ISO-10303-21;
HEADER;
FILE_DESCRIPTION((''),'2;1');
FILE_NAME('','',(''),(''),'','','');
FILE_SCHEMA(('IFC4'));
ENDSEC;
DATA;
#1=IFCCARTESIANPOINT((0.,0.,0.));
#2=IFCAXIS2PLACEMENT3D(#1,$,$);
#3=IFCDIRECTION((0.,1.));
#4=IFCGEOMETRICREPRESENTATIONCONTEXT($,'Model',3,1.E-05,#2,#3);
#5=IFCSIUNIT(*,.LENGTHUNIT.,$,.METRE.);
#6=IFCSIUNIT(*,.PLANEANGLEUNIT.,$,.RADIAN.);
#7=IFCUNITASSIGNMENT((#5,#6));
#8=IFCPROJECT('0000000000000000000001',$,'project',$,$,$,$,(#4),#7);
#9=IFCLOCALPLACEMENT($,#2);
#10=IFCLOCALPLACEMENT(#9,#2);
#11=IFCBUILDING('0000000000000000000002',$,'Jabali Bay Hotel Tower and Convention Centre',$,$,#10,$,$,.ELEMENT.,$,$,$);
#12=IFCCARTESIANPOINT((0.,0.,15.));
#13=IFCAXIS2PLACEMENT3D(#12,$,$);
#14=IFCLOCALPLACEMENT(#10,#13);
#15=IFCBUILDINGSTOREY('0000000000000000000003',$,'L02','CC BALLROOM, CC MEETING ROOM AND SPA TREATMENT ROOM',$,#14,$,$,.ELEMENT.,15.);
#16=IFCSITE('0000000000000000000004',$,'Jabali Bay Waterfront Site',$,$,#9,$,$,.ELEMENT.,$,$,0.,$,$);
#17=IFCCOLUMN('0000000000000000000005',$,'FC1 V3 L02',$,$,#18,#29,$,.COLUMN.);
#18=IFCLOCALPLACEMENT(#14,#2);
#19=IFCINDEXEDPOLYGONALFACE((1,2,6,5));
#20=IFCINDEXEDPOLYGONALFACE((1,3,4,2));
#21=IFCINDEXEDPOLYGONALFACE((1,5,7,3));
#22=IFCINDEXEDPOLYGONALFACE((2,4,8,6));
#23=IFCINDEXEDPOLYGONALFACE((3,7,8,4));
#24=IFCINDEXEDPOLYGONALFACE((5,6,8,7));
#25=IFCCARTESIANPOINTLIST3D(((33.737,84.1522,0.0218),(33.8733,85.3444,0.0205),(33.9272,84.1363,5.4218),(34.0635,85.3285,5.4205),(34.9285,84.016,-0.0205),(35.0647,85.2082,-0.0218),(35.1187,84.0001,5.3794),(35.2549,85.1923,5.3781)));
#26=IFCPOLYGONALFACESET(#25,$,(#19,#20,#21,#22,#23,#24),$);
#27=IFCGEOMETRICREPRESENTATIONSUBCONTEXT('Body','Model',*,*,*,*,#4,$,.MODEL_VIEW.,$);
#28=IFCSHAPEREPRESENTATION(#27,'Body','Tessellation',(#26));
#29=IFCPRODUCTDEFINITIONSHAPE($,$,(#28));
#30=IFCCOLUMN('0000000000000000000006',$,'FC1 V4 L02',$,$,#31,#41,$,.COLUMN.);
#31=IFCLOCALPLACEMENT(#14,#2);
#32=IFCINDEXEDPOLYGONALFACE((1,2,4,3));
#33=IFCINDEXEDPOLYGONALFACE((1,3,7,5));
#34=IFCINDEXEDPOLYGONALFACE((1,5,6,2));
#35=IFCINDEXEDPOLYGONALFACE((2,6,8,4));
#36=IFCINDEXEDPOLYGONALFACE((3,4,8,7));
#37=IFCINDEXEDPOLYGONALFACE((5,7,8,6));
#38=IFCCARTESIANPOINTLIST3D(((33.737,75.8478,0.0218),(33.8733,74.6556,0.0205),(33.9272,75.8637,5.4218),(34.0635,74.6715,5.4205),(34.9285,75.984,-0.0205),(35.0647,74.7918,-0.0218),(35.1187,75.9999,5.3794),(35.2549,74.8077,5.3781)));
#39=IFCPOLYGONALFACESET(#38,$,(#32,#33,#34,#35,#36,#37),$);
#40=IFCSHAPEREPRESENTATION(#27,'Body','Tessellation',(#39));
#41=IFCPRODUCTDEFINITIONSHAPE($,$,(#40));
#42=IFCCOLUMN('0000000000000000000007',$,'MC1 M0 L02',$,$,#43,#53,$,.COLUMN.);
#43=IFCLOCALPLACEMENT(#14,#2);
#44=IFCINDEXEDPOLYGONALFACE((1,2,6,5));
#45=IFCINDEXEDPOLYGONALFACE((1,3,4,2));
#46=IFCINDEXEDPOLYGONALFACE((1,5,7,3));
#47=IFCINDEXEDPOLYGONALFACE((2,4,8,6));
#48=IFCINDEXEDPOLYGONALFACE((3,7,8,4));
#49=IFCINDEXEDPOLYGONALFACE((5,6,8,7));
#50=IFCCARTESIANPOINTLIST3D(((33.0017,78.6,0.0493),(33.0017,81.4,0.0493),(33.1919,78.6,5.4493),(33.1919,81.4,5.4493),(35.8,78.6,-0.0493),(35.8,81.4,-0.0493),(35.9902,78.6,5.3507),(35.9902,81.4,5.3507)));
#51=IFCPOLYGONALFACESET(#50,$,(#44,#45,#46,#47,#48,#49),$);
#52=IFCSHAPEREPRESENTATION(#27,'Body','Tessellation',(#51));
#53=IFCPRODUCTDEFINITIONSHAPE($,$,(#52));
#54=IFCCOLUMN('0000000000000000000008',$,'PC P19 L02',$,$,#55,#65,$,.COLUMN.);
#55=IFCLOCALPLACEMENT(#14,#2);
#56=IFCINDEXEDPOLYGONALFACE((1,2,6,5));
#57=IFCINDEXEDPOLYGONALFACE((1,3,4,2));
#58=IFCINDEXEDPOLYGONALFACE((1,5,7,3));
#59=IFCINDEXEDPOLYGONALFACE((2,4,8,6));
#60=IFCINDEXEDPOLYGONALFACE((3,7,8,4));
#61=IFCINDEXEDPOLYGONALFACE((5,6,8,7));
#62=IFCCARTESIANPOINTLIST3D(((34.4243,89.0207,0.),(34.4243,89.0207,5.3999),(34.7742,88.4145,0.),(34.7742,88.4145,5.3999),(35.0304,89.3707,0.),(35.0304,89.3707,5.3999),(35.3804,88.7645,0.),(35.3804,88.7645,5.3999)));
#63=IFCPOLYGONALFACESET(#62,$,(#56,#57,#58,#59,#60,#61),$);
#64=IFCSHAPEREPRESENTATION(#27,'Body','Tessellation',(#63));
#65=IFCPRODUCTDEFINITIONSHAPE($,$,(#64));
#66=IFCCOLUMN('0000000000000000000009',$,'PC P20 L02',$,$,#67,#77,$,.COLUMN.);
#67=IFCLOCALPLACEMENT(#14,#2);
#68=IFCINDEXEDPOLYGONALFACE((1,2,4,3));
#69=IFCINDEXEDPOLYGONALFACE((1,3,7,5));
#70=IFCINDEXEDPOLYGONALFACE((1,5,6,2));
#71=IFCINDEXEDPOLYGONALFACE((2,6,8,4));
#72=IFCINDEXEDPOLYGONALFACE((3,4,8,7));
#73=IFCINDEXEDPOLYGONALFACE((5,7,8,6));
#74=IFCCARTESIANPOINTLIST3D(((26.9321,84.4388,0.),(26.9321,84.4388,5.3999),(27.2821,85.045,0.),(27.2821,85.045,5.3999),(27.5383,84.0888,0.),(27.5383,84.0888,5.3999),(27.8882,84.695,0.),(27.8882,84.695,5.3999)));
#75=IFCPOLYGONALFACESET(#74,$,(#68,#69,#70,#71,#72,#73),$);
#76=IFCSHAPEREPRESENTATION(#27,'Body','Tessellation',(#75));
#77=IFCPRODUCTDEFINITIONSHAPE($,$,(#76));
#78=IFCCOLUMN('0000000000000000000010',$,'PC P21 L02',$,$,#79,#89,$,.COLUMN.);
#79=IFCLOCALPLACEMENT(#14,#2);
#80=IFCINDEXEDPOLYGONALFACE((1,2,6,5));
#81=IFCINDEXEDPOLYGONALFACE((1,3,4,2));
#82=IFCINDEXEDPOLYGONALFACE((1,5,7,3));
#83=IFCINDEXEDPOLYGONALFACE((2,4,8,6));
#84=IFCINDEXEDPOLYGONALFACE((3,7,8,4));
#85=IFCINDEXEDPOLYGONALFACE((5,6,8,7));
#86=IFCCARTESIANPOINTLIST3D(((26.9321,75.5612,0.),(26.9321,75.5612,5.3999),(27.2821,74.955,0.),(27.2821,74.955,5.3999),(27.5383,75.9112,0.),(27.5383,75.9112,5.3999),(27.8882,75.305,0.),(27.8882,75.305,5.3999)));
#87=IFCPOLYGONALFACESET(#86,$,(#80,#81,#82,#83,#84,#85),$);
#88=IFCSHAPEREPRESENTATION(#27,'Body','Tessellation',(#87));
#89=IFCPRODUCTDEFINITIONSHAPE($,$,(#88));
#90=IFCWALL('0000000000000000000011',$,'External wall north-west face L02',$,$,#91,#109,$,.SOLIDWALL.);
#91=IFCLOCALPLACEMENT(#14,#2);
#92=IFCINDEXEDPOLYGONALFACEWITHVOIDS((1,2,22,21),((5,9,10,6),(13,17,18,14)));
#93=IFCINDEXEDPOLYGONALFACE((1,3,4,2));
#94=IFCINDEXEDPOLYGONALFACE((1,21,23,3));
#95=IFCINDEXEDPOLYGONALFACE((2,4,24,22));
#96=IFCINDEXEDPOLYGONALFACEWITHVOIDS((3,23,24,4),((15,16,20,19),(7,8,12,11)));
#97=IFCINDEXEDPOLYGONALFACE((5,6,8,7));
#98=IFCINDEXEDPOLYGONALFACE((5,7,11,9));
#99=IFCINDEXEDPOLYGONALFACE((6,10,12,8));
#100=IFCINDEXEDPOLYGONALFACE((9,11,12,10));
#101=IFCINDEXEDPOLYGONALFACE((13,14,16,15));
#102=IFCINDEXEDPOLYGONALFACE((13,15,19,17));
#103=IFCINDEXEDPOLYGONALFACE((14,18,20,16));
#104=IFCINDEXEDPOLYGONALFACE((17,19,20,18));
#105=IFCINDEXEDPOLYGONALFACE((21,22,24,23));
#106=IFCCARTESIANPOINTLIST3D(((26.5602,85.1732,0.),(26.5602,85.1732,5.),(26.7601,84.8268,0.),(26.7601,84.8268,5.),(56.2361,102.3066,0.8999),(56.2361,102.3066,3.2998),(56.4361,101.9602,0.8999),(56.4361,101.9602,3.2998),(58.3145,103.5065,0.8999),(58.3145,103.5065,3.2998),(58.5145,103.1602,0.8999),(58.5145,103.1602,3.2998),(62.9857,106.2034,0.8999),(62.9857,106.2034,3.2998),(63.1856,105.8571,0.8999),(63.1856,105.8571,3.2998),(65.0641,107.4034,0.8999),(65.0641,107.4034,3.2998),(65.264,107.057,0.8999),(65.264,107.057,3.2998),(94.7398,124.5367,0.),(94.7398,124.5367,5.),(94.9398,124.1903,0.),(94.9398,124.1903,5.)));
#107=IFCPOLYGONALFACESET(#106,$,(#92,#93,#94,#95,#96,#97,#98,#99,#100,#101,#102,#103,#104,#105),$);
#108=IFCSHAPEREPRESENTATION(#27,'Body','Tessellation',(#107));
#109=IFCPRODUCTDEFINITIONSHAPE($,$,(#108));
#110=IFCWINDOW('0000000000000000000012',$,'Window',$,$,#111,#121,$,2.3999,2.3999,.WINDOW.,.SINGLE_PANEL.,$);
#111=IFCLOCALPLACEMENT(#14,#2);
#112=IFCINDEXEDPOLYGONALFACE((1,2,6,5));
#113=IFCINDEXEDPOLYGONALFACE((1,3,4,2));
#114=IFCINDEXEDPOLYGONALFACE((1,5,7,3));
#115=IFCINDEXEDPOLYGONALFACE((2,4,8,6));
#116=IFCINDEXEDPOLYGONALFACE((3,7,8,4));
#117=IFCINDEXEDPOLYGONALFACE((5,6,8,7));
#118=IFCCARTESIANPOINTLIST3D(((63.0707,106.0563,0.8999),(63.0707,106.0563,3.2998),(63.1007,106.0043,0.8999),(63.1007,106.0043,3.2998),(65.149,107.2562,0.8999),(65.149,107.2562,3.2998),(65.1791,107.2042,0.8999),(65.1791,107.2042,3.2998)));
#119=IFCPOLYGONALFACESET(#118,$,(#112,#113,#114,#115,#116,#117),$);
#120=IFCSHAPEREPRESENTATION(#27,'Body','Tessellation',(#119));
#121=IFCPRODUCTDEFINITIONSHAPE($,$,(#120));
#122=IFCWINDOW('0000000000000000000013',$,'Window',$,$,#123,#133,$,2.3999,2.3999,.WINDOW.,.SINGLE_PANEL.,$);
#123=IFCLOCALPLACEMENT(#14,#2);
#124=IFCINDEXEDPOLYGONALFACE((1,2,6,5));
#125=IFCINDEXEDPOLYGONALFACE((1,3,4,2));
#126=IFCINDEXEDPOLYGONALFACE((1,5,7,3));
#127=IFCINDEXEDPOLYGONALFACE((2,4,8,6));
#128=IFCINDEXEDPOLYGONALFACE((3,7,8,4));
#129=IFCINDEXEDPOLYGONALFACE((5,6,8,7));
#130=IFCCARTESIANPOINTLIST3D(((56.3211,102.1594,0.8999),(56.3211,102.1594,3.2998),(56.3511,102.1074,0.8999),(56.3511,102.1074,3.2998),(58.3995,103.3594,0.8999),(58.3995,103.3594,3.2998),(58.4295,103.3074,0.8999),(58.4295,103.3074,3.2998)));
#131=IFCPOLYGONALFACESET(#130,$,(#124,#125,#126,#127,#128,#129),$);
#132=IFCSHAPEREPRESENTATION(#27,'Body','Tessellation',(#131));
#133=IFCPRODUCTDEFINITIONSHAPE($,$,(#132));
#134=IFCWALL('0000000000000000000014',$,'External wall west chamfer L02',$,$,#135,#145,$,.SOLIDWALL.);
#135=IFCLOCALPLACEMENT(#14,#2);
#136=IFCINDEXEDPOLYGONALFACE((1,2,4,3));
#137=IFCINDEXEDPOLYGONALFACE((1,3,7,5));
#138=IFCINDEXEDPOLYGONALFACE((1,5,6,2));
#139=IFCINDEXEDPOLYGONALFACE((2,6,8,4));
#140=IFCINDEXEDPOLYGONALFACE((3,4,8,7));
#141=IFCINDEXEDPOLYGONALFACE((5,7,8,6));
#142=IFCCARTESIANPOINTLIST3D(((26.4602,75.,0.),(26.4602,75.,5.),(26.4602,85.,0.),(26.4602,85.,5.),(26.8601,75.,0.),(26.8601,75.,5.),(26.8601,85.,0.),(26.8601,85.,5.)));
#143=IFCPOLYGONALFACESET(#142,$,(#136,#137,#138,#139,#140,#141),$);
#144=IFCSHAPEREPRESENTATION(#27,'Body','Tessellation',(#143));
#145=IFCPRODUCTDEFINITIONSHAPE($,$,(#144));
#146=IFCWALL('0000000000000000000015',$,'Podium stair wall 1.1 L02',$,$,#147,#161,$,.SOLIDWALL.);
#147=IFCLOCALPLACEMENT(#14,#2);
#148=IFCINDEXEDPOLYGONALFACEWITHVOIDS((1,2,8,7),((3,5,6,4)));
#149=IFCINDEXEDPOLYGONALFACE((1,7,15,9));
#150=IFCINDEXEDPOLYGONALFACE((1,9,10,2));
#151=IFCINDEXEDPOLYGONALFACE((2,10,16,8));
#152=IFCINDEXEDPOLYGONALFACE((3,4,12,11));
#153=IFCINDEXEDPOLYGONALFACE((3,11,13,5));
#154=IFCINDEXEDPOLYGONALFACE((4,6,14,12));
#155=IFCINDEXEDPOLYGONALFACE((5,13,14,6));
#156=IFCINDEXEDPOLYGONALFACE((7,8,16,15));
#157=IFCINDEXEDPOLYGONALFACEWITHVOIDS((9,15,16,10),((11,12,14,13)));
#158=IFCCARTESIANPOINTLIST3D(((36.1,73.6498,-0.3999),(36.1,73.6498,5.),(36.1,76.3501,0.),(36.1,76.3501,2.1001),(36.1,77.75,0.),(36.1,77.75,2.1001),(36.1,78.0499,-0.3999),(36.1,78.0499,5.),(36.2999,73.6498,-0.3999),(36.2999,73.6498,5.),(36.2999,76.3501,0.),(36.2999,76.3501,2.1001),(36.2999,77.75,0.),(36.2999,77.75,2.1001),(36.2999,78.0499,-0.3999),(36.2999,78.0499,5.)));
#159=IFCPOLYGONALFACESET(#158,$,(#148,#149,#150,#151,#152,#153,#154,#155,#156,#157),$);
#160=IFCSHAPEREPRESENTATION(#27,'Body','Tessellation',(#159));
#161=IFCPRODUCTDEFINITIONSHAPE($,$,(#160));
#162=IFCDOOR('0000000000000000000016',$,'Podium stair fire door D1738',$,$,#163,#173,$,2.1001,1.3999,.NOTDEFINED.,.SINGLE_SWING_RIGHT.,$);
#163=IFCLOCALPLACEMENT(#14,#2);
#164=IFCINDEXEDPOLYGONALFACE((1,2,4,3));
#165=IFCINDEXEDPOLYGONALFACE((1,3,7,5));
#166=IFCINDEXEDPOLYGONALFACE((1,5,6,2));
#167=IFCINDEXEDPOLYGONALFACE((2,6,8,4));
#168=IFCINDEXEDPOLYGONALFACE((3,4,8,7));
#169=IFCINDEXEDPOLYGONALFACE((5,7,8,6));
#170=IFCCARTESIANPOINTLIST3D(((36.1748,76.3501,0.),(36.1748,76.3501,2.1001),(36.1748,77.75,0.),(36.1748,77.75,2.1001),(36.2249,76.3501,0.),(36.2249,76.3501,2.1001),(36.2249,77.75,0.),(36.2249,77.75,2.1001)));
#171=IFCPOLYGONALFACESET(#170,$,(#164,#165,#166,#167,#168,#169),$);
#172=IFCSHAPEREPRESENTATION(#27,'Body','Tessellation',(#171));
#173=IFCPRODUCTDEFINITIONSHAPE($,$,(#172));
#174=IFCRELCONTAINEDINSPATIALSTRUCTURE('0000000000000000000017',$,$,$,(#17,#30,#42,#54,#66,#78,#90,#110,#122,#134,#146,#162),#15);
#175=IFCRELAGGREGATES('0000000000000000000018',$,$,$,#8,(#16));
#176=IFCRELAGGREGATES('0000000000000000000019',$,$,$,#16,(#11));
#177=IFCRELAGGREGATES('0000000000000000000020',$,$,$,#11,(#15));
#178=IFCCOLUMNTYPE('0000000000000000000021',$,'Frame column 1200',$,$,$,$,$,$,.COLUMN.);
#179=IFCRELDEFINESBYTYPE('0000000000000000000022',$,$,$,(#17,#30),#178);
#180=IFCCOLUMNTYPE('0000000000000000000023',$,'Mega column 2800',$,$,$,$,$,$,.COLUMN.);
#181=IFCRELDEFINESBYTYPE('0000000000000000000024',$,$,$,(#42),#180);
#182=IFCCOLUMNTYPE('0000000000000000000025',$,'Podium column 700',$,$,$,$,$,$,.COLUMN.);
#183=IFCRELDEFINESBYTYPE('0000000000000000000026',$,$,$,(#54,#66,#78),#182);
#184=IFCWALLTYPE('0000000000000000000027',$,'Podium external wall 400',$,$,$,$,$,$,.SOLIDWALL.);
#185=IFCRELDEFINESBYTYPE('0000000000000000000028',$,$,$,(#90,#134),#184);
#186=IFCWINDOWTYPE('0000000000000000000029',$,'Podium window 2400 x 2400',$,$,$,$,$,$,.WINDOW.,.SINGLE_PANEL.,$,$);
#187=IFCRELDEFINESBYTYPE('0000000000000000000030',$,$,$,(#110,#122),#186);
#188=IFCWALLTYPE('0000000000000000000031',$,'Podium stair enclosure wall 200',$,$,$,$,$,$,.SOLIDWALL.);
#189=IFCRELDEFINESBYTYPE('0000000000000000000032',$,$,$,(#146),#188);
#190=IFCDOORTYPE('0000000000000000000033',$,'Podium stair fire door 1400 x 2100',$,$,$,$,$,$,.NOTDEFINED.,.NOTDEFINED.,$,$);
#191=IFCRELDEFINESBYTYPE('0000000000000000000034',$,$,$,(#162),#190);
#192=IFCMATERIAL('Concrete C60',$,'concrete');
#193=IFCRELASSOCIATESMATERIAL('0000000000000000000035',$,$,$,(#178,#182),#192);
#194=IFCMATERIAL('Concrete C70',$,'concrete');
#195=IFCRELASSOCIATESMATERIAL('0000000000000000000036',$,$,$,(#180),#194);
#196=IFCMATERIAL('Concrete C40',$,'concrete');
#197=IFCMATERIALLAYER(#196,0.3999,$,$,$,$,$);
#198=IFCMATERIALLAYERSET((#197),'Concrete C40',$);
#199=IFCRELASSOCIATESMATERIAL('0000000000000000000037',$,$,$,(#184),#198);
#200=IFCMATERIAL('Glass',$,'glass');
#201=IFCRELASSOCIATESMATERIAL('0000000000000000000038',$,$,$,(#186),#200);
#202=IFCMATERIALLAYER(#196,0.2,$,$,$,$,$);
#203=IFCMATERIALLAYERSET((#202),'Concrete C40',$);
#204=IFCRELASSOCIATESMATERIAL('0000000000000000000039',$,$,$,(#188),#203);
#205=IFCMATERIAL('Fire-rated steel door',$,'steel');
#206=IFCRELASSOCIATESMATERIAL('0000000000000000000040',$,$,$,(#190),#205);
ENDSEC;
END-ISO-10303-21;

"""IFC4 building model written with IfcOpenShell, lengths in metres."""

from ifc_helpers import new_model, si_unit, direction, frame, frame_2d, origin, origin_2d, place, context, subcontext, project, spatial, rectangle, extrude, material, layer, layer_set, material_profile, profile_set, type_object, element, fill, save


model = new_model("IFC4")

# Units and contexts
model_context = context("Model", 3, precision=1e-05, world=origin(), true_north=direction((0.0, 1.0)))
body_context = subcontext(model_context, "Body", "Model", "MODEL_VIEW")
ifc_project = project(units=[si_unit("LENGTHUNIT", "METRE"), si_unit("PLANEANGLEUNIT", "RADIAN")], contexts=[model_context])

# Site, building, storey
site_placement = place(None, origin())
site = spatial("IfcSite", under=ifc_project, at=site_placement, Name="Jabali Bay Waterfront Site", CompositionType="ELEMENT", RefElevation=0.0)
building_placement = place(site_placement, origin())
building = spatial("IfcBuilding", under=site, at=building_placement, Name="Jabali Bay Hotel Tower and Convention Centre", CompositionType="ELEMENT")
storey_placement = place(building_placement, frame((0.0, 0.0, 15.0)))
storey = spatial("IfcBuildingStorey", under=building, at=storey_placement, Name="L02", Description="CC BALLROOM, CC MEETING ROOM AND SPA TREATMENT ROOM", CompositionType="ELEMENT", Elevation=15.0)

# Columns
ifc_material_1 = material(Name="Concrete C60", Category="concrete")
ifc_material_profile_1 = material_profile(ifc_material_1, rectangle(XDim=1.2, YDim=1.2, at=origin_2d()), Name="Frame column 1200")
ifc_profile_set_1 = profile_set([ifc_material_profile_1], Name="Concrete C60")
column_type_1 = type_object("IfcColumnType", Name="Frame column 1200", PredefinedType="COLUMN", material=ifc_profile_set_1)
for number, where, z_axis, x_axis, name in (
    (1, (34.4009, 84.6802, 0.0), (0.035198, -0.002937, 0.999376), (-0.992911, 0.113496, 0.035304), "FC1 V3 L02"),
    (2, (34.4009, 75.3198, 0.0), (0.035198, 0.002937, 0.999376), (-0.113529, 0.993534, 0.001079), "FC1 V4 L02"),
):
    element("IfcColumn", number, at=place(storey_placement, frame(where, z_axis=z_axis, x_axis=x_axis)), inside=storey, type_object=column_type_1, Name=name, PredefinedType="COLUMN", context=body_context, shape_type="SweptSolid", body=[
        extrude(rectangle(XDim=1.2, YDim=1.2, at=origin_2d()), origin(), (0.0, 0.0, 1.0), 5.4033),
    ])
ifc_material_2 = material(Name="Concrete C70", Category="concrete")
ifc_material_profile_2 = material_profile(ifc_material_2, rectangle(XDim=2.8, YDim=2.8, at=origin_2d()), Name="Mega column 2800")
ifc_profile_set_2 = profile_set([ifc_material_profile_2], Name="Concrete C70")
column_type_2 = type_object("IfcColumnType", Name="Mega column 2800", PredefinedType="COLUMN", material=ifc_profile_set_2)
column_placement = place(storey_placement, frame((34.4009, 80.0, 0.0), z_axis=(0.035198, 0.0, 0.99938), x_axis=(0.0, 1.0, 0.0)))
element("IfcColumn", 3, at=column_placement, inside=storey, type_object=column_type_2, Name="MC1 M0 L02", PredefinedType="COLUMN", context=body_context, shape_type="SweptSolid", body=[
    extrude(rectangle(XDim=2.8, YDim=2.8, at=origin_2d()), origin(), (0.0, 0.0, 1.0), 5.4033),
])
ifc_material_profile_3 = material_profile(ifc_material_1, rectangle(XDim=0.7, YDim=0.7, at=origin_2d()), Name="Podium column 700")
ifc_profile_set_3 = profile_set([ifc_material_profile_3], Name="Concrete C60")
column_type_3 = type_object("IfcColumnType", Name="Podium column 700", PredefinedType="COLUMN", material=ifc_profile_set_3)
for number, where, z_axis, x_axis, name in (
    (4, (34.9023, 88.8926, 0.0), (0.0, 0.0, 1.0), (0.866025, 0.5, 0.0), "PC P19 L02"),
    (5, (27.4102, 84.5669, 0.0), (0.0, 0.0, 1.0), (0.5, 0.866025, 0.0), "PC P20 L02"),
    (6, (27.4102, 75.4331, 0.0), (0.0, 0.0, 1.0), (0.866025, 0.5, 0.0), "PC P21 L02"),
):
    element("IfcColumn", number, at=place(storey_placement, frame(where, z_axis=z_axis, x_axis=x_axis)), inside=storey, type_object=column_type_3, Name=name, PredefinedType="COLUMN", context=body_context, shape_type="SweptSolid", body=[
        extrude(rectangle(XDim=0.7, YDim=0.7, at=origin_2d()), origin(), (0.0, 0.0, 1.0), 5.3999),
    ])

# Wall, openings, windows
ifc_material_3 = material(Name="Concrete C40", Category="concrete")
ifc_layer_1 = layer(ifc_material_3, 0.3999)
ifc_layer_set_1 = layer_set([ifc_layer_1], Name="Concrete C40")
wall_type_1 = type_object("IfcWallType", Name="Podium external wall 400", PredefinedType="SOLIDWALL", material=ifc_layer_set_1)
wall_1_placement = place(storey_placement, frame((26.6602, 85.0, 0.0), z_axis=(0.0, 0.0, 1.0), x_axis=(0.866026, 0.5, 0.0)))
wall_1 = element("IfcWall", 7, at=wall_1_placement, inside=storey, type_object=wall_type_1, Name="External wall north-west face L02", PredefinedType="SOLIDWALL", context=body_context, shape_type="SweptSolid", body=[
    extrude(rectangle(XDim=78.7271, YDim=0.3999, at=frame_2d((39.3635, 0.0))), origin(), (0.0, 0.0, 1.0), 5.0),
])
opening_1_placement = place(wall_1_placement, frame((42.0605, 0.0, 0.8999)))
opening_1 = element("IfcOpeningElement", 8, at=opening_1_placement, cuts=wall_1, PredefinedType="OPENING", context=body_context, shape_type="SweptSolid", body=[
    extrude(rectangle(XDim=2.3999, YDim=2.3999, at=frame_2d((1.2, 1.2))), frame((0.0, 0.2104, 0.0), z_axis=(0.0, -1.0, 0.0), x_axis=(1.0, 0.0, 0.0)), (0.0, 0.0, 1.0), 0.4209),
])
opening_2_placement = place(wall_1_placement, frame((34.2668, 0.0, 0.8999)))
opening_2 = element("IfcOpeningElement", 9, at=opening_2_placement, cuts=wall_1, PredefinedType="OPENING", context=body_context, shape_type="SweptSolid", body=[
    extrude(rectangle(XDim=2.3999, YDim=2.3999, at=frame_2d((1.2, 1.2))), frame((0.0, 0.2104, 0.0), z_axis=(0.0, -1.0, 0.0), x_axis=(1.0, 0.0, 0.0)), (0.0, 0.0, 1.0), 0.4209),
])
ifc_material_4 = material(Name="Glass", Category="glass")
window_type = type_object("IfcWindowType", Name="Podium window 2400 x 2400", PartitioningType="SINGLE_PANEL", PredefinedType="WINDOW", material=ifc_material_4)
window_1_placement = place(opening_1_placement, origin())
window_1 = element("IfcWindow", 10, at=window_1_placement, inside=storey, type_object=window_type, Name="Window", OverallHeight=2.3999, OverallWidth=2.3999, PartitioningType="SINGLE_PANEL", PredefinedType="WINDOW", context=body_context, shape_type="SweptSolid", body=[
    extrude(rectangle(XDim=2.3999, YDim=2.3999, at=frame_2d((1.2, 1.2))), frame((0.0, 0.03, 0.0), z_axis=(0.0, -1.0, 0.0), x_axis=(1.0, 0.0, 0.0)), (0.0, 0.0, 1.0), 0.0601),
])
fill(opening_1, window_1)
window_2_placement = place(opening_2_placement, origin())
window_2 = element("IfcWindow", 11, at=window_2_placement, inside=storey, type_object=window_type, Name="Window", OverallHeight=2.3999, OverallWidth=2.3999, PartitioningType="SINGLE_PANEL", PredefinedType="WINDOW", context=body_context, shape_type="SweptSolid", body=[
    extrude(rectangle(XDim=2.3999, YDim=2.3999, at=frame_2d((1.2, 1.2))), frame((0.0, 0.03, 0.0), z_axis=(0.0, -1.0, 0.0), x_axis=(1.0, 0.0, 0.0)), (0.0, 0.0, 1.0), 0.0601),
])
fill(opening_2, window_2)

# Wall
wall_2_placement = place(storey_placement, frame((26.6602, 75.0, 0.0), z_axis=(0.0, 0.0, 1.0), x_axis=(0.0, 1.0, 0.0)))
element("IfcWall", 12, at=wall_2_placement, inside=storey, type_object=wall_type_1, Name="External wall west chamfer L02", PredefinedType="SOLIDWALL", context=body_context, shape_type="SweptSolid", body=[
    extrude(rectangle(XDim=10.0, YDim=0.3999, at=frame_2d((5.0, 0.0))), origin(), (0.0, 0.0, 1.0), 5.0),
])

# Wall, opening, door
ifc_layer_2 = layer(ifc_material_3, 0.2)
ifc_layer_set_2 = layer_set([ifc_layer_2], Name="Concrete C40")
wall_type_2 = type_object("IfcWallType", Name="Podium stair enclosure wall 200", PredefinedType="SOLIDWALL", material=ifc_layer_set_2)
wall_3_placement = place(storey_placement, frame((36.2, 78.05, -0.3999), z_axis=(0.0, 0.0, 1.0), x_axis=(0.0, -1.0, 0.0)))
wall_3 = element("IfcWall", 13, at=wall_3_placement, inside=storey, type_object=wall_type_2, Name="Podium stair wall 1.1 L02", PredefinedType="SOLIDWALL", context=body_context, shape_type="SweptSolid", body=[
    extrude(rectangle(XDim=4.4001, YDim=0.2, at=frame_2d((2.2002, 0.0))), origin(), (0.0, 0.0, 1.0), 5.3999),
])
opening_3_placement = place(wall_3_placement, frame((0.3, 0.0, 0.3999)))
opening_3 = element("IfcOpeningElement", 14, at=opening_3_placement, cuts=wall_3, PredefinedType="OPENING", context=body_context, shape_type="SweptSolid", body=[
    extrude(rectangle(XDim=1.3999, YDim=2.1001, at=frame_2d((0.7, 1.05))), frame((0.0, 0.1104, 0.0), z_axis=(0.0, -1.0, 0.0), x_axis=(1.0, 0.0, 0.0)), (0.0, 0.0, 1.0), 0.2209),
])
ifc_material_5 = material(Name="Fire-rated steel door", Category="steel")
door_type = type_object("IfcDoorType", Name="Podium stair fire door 1400 x 2100", OperationType="NOTDEFINED", PredefinedType="NOTDEFINED", material=ifc_material_5)
door_1_placement = place(opening_3_placement, origin())
door_1 = element("IfcDoor", 15, at=door_1_placement, inside=storey, type_object=door_type, Name="Podium stair fire door D1738", OperationType="SINGLE_SWING_RIGHT", OverallHeight=2.1001, OverallWidth=1.3999, PredefinedType="NOTDEFINED", context=body_context, shape_type="SweptSolid", body=[
    extrude(rectangle(XDim=1.3999, YDim=2.1001, at=frame_2d((0.7, 1.05))), frame((0.0, 0.0249, 0.0), z_axis=(0.0, -1.0, 0.0), x_axis=(1.0, 0.0, 0.0)), (0.0, 0.0, 1.0), 0.05),
])
fill(opening_3, door_1)

save(model, "model.ifc")
